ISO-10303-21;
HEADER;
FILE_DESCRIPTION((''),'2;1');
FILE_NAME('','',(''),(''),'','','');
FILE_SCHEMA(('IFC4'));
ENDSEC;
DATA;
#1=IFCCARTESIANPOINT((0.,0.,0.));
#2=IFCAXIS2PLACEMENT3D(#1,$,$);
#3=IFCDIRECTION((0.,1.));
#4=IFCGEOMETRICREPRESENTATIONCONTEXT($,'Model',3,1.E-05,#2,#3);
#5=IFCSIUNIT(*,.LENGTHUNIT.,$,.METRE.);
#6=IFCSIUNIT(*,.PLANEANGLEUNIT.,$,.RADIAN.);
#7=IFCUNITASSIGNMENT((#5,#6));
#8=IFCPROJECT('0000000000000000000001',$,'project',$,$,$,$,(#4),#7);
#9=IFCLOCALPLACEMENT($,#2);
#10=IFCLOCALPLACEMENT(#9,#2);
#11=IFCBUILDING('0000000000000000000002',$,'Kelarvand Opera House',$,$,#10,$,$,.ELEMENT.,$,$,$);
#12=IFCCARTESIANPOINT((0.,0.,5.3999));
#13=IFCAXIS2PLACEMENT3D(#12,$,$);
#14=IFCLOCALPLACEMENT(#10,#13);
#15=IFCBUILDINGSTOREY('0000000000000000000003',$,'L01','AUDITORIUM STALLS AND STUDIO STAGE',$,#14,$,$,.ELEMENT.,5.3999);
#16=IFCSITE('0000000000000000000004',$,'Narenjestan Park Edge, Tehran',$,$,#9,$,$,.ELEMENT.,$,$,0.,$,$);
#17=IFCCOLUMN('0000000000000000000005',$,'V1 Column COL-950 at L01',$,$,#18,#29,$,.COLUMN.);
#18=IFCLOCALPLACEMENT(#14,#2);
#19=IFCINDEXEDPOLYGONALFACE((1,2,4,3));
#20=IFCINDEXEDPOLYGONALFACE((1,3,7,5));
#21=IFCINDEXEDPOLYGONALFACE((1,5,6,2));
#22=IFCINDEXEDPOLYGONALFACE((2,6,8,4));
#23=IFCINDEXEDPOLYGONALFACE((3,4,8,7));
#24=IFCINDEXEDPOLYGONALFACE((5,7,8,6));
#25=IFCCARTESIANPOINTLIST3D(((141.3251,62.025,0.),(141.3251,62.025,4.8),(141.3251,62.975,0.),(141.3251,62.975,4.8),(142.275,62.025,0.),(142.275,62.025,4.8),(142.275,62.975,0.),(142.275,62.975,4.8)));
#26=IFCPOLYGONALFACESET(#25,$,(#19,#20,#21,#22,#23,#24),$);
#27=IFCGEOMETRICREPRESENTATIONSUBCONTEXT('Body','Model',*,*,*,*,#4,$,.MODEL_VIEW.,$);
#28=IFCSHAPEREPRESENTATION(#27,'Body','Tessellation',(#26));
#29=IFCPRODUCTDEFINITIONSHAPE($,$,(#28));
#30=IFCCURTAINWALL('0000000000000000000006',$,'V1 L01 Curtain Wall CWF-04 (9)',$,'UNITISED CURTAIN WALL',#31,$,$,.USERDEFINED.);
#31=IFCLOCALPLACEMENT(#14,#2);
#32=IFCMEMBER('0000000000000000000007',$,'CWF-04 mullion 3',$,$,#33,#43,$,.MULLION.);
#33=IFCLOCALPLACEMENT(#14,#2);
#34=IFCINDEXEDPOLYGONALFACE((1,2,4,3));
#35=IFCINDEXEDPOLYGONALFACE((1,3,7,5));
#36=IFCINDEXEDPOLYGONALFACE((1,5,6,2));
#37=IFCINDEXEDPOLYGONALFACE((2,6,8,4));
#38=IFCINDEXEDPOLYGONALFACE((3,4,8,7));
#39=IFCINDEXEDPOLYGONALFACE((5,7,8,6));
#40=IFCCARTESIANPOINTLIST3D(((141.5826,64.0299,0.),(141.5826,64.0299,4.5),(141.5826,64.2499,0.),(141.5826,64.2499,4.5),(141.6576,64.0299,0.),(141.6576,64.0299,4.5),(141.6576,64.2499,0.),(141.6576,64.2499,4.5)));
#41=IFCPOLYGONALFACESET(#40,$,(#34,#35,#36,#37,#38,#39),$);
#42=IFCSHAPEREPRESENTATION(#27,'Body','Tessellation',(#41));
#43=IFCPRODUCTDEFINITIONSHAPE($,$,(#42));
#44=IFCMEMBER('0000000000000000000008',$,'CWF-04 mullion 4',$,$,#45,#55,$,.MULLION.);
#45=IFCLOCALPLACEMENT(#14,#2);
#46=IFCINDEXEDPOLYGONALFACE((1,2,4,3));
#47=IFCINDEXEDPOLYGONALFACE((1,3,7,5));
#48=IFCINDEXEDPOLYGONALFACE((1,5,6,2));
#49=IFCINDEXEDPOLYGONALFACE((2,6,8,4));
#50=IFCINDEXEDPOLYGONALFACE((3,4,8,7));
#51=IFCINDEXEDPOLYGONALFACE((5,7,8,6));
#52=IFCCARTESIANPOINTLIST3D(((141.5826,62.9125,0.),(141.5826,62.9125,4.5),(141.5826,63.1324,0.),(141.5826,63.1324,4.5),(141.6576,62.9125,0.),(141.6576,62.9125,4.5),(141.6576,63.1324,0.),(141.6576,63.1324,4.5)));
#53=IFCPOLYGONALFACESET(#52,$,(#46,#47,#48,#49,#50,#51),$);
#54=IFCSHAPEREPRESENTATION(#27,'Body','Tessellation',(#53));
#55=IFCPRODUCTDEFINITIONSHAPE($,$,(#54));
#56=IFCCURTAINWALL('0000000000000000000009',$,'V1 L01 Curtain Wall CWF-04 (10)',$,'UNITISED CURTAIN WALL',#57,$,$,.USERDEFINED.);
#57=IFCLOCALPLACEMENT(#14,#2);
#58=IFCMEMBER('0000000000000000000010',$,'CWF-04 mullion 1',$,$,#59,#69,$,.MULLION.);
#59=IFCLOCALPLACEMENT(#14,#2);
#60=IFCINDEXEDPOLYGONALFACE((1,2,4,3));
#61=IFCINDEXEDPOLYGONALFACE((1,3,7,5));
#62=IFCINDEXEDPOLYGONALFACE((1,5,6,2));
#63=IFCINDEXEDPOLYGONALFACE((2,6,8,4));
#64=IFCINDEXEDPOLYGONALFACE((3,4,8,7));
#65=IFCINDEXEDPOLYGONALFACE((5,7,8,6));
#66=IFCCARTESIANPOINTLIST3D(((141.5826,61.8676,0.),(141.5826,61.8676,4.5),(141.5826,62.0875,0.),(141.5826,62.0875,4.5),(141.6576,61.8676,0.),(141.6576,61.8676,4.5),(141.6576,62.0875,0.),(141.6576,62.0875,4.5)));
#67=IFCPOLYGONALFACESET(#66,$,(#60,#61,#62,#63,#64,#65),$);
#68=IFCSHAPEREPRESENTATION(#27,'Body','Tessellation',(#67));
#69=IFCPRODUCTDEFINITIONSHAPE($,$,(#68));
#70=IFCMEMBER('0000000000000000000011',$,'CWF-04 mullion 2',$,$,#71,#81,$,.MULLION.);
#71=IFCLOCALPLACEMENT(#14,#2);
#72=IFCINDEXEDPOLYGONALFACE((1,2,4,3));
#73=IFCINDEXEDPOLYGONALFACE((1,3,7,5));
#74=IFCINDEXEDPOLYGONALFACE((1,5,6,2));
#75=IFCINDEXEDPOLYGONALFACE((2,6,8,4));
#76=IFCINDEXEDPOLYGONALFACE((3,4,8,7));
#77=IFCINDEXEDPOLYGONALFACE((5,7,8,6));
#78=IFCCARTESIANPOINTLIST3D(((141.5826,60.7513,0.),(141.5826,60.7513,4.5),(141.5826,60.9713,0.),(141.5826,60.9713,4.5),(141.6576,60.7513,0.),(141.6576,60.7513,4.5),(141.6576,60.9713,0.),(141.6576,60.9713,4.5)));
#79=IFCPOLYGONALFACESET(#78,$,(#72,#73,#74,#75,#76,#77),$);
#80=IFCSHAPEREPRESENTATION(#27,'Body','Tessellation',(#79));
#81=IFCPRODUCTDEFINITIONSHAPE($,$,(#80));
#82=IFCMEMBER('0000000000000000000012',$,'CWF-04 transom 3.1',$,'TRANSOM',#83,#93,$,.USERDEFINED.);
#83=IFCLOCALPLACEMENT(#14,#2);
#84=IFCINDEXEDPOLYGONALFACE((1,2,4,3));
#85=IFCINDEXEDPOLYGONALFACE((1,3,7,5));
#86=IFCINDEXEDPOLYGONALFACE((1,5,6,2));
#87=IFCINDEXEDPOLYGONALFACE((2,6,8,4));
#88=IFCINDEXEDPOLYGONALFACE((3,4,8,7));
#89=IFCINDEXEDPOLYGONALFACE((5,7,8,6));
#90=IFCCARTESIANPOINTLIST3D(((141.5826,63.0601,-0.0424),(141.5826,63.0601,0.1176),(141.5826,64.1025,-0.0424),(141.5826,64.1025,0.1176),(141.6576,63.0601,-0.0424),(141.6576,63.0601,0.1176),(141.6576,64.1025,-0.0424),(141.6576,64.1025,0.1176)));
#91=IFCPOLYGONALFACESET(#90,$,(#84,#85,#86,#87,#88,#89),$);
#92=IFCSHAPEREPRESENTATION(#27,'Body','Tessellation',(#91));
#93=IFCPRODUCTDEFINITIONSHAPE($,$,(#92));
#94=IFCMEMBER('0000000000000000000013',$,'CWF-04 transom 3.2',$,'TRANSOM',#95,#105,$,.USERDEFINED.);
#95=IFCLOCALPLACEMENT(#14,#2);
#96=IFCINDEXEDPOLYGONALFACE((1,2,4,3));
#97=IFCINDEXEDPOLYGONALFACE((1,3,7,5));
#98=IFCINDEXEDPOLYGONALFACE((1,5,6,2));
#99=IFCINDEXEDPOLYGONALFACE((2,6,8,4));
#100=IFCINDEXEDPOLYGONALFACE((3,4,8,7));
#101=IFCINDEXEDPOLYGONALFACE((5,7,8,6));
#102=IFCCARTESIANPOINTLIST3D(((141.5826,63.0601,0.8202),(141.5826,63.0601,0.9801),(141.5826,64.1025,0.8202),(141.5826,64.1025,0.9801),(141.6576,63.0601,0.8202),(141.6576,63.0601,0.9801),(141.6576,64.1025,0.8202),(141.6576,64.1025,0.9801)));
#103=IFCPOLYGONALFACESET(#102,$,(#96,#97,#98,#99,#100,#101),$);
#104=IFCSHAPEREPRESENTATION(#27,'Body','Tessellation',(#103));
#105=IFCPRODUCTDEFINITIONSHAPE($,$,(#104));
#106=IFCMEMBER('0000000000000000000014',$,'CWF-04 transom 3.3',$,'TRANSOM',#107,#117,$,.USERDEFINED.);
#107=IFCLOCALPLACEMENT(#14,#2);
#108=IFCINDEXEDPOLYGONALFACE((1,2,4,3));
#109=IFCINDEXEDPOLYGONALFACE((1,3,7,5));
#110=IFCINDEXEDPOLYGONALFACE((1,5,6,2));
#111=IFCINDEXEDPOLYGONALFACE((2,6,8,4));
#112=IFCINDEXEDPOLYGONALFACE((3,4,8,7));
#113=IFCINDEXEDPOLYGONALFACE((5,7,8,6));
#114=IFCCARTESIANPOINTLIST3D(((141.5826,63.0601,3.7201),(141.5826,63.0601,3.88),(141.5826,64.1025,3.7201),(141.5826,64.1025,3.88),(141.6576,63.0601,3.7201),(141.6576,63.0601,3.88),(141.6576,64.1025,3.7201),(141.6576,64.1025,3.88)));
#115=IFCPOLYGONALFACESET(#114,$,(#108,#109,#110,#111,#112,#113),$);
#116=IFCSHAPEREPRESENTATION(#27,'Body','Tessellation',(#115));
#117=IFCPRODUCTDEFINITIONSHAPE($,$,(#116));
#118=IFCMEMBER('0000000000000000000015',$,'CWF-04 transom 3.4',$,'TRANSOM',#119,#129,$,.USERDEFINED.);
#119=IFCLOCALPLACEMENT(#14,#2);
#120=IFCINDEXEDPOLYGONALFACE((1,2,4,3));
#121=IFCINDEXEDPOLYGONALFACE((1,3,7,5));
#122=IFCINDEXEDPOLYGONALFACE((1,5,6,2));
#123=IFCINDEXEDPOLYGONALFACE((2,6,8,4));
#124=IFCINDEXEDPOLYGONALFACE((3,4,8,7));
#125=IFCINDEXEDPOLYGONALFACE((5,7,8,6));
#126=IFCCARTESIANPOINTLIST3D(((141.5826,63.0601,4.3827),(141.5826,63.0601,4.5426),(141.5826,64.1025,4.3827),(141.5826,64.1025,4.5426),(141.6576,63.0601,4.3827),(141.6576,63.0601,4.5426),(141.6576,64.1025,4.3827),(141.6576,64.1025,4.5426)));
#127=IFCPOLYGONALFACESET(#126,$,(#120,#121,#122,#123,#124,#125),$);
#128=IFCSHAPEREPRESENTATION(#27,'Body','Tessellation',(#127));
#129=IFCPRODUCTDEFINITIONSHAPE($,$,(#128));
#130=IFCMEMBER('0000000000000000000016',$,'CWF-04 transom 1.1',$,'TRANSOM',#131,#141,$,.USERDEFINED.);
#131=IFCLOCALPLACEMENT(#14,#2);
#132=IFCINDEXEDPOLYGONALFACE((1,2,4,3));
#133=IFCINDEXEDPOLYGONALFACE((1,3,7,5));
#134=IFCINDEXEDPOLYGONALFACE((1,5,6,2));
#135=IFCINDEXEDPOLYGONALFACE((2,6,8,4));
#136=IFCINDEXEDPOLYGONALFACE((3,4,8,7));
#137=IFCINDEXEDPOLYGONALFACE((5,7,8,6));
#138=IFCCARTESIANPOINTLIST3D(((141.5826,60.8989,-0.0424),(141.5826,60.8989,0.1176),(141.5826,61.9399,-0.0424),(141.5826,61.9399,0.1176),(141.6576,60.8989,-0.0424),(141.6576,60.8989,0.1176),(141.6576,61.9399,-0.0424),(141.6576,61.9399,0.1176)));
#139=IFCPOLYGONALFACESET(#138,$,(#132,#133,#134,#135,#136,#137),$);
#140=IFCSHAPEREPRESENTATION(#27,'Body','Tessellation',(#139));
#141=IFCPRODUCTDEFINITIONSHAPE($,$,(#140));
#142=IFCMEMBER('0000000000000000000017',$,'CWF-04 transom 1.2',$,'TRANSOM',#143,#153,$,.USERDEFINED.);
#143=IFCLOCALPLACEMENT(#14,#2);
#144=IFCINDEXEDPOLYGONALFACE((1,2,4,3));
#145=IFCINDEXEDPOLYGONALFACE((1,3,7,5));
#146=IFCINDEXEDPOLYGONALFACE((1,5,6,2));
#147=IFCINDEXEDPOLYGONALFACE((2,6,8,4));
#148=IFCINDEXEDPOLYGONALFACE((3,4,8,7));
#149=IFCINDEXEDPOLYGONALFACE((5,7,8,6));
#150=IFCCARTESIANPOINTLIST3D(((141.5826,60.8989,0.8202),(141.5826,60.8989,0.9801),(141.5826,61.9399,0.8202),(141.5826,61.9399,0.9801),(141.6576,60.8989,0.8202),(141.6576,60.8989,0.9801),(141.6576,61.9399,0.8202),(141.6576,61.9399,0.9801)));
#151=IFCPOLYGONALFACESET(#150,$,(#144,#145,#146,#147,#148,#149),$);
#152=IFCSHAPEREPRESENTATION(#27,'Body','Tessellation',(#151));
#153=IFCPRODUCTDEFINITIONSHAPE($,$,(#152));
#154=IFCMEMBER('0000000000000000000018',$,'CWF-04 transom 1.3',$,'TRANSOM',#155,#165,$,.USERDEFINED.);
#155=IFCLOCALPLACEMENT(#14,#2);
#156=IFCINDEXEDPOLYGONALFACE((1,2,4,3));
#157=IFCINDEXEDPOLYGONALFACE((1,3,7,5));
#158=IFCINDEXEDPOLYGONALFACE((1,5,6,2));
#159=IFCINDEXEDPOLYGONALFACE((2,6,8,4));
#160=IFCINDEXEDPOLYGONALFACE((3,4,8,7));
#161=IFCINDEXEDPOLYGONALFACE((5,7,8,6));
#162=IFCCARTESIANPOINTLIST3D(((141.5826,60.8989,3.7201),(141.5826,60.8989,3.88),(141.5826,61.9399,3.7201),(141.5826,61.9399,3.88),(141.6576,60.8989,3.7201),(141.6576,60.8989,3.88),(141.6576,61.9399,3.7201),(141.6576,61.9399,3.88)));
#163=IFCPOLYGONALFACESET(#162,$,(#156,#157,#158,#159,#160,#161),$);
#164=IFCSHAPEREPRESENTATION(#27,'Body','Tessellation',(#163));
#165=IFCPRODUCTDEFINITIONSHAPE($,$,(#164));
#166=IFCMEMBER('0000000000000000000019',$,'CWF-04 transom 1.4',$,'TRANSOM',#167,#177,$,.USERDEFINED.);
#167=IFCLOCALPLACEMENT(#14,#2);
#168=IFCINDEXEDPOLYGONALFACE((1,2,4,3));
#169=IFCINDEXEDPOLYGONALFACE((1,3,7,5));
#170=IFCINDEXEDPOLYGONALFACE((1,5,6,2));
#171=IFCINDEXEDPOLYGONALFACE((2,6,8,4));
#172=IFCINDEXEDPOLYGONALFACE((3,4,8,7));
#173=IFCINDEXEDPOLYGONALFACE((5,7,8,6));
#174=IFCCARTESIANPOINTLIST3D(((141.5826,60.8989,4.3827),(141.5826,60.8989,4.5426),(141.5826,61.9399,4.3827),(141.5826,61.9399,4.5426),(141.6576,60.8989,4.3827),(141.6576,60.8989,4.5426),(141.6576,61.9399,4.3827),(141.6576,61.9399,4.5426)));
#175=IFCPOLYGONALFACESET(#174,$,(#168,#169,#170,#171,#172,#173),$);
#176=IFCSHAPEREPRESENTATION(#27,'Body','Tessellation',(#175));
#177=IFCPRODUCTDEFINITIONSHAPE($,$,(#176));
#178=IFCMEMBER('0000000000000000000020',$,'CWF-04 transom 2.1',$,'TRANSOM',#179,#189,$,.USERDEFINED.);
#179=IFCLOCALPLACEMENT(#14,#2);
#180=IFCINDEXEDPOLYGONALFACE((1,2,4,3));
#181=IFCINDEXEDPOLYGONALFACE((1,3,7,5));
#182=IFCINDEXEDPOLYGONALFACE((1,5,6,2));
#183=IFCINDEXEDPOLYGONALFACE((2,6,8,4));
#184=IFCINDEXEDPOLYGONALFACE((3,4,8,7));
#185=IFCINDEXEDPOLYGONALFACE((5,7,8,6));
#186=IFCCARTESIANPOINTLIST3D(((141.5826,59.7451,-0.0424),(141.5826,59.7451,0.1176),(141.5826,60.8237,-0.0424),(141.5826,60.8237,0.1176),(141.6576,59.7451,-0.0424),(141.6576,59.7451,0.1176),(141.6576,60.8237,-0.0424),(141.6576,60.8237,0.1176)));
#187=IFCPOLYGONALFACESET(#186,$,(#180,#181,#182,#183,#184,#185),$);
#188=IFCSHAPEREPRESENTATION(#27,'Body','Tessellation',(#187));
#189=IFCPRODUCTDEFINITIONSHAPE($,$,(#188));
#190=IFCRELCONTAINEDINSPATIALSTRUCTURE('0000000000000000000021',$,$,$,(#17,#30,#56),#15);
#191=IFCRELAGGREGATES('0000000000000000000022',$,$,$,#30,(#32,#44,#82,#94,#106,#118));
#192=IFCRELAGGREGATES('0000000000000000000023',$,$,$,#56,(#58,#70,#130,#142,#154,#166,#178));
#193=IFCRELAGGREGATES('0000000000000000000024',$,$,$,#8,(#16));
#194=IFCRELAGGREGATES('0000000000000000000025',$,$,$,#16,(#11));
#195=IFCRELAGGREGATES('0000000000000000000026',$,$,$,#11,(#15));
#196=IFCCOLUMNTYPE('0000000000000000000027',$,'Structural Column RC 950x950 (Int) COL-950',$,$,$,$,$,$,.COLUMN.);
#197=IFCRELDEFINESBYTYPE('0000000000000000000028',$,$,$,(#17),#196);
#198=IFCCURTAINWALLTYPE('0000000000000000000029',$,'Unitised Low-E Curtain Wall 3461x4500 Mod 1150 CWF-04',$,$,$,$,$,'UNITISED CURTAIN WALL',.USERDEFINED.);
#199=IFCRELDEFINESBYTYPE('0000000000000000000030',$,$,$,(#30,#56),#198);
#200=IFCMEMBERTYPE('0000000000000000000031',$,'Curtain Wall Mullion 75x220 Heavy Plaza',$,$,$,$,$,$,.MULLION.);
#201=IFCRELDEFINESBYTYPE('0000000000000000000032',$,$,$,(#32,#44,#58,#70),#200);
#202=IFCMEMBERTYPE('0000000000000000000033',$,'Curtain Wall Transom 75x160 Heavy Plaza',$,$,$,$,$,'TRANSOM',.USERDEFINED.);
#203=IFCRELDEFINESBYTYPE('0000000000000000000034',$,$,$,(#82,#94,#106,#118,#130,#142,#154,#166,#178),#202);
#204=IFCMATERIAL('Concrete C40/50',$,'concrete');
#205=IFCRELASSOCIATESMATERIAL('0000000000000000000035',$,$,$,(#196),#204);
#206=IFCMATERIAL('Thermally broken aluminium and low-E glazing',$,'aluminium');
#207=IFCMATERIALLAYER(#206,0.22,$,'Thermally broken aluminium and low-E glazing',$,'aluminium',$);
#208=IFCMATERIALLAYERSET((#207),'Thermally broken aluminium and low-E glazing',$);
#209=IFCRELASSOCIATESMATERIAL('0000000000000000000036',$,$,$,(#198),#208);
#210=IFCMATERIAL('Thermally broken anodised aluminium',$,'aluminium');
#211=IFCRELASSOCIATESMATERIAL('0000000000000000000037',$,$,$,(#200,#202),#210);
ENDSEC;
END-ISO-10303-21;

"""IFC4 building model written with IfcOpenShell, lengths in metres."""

from ifc_helpers import new_model, si_unit, direction, frame, origin, origin_2d, place, context, subcontext, project, spatial, rectangle, extrude, material, layer, layer_set, material_profile, profile_set, type_object, element, aggregate, save


model = new_model("IFC4")

# Units and contexts
model_context = context("Model", 3, precision=1e-05, world=origin(), true_north=direction((0.0, 1.0)))
body_context = subcontext(model_context, "Body", "Model", "MODEL_VIEW")
ifc_project = project(units=[si_unit("LENGTHUNIT", "METRE"), si_unit("PLANEANGLEUNIT", "RADIAN")], contexts=[model_context])

# Site, building, storey
site_placement = place(None, origin())
site = spatial("IfcSite", under=ifc_project, at=site_placement, Name="Narenjestan Park Edge, Tehran", CompositionType="ELEMENT", RefElevation=0.0)
building_placement = place(site_placement, origin())
building = spatial("IfcBuilding", under=site, at=building_placement, Name="Kelarvand Opera House", CompositionType="ELEMENT")
storey_placement = place(building_placement, frame((0.0, 0.0, 5.3999)))
storey = spatial("IfcBuildingStorey", under=building, at=storey_placement, Name="L01", Description="AUDITORIUM STALLS AND STUDIO STAGE", CompositionType="ELEMENT", Elevation=5.3999)

# Column
ifc_material_1 = material(Name="Concrete C40/50", Category="concrete")
ifc_material_profile_1 = material_profile(ifc_material_1, rectangle(XDim=0.95, YDim=0.95, at=origin_2d()), Name="RC 950x950", Category="concrete")
ifc_profile_set_1 = profile_set([ifc_material_profile_1], Name="Concrete C40/50")
column_type = type_object("IfcColumnType", Name="Structural Column RC 950x950 (Int) COL-950", PredefinedType="COLUMN", material=ifc_profile_set_1)
column_placement = place(storey_placement, frame((141.8, 62.5, 0.0), z_axis=(0.0, 0.0, 1.0), x_axis=(1.0, 0.0, 0.0)))
element("IfcColumn", 1, at=column_placement, inside=storey, type_object=column_type, Name="V1 Column COL-950 at L01", PredefinedType="COLUMN", context=body_context, shape_type="SweptSolid", body=[
    extrude(rectangle(XDim=0.95, YDim=0.95, at=origin_2d()), origin(), (0.0, 0.0, 1.0), 4.8),
])

# Curtain walls, members
ifc_material_2 = material(Name="Thermally broken aluminium and low-E glazing", Category="aluminium")
ifc_layer_1 = layer(ifc_material_2, 0.22, Name="Thermally broken aluminium and low-E glazing", Category="aluminium")
ifc_layer_set_1 = layer_set([ifc_layer_1], Name="Thermally broken aluminium and low-E glazing")
curtain_wall_type = type_object("IfcCurtainWallType", Name="Unitised Low-E Curtain Wall 3461x4500 Mod 1150 CWF-04", ElementType="UNITISED CURTAIN WALL", PredefinedType="USERDEFINED", material=ifc_layer_set_1)
curtain_wall_1_placement = place(storey_placement, origin())
curtain_wall_1 = element("IfcCurtainWall", 2, at=curtain_wall_1_placement, inside=storey, type_object=curtain_wall_type, Name="V1 L01 Curtain Wall CWF-04 (9)", ObjectType="UNITISED CURTAIN WALL", PredefinedType="USERDEFINED")
ifc_material_3 = material(Name="Thermally broken anodised aluminium", Category="aluminium")
ifc_material_profile_2 = material_profile(ifc_material_3, rectangle(XDim=0.075, YDim=0.22, at=origin_2d()), Name="ALU MULLION 75x220", Category="aluminium")
ifc_profile_set_2 = profile_set([ifc_material_profile_2], Name="Thermally broken anodised aluminium")
member_type_1 = type_object("IfcMemberType", Name="Curtain Wall Mullion 75x220 Heavy Plaza", PredefinedType="MULLION", material=ifc_profile_set_2)
member_1_placement = place(storey_placement, frame((141.6201, 64.1399, 0.0), z_axis=(0.0, 0.0, 1.0), x_axis=(1.0, 0.0, 0.0)))
member_1 = element("IfcMember", 3, at=member_1_placement, type_object=member_type_1, Name="CWF-04 mullion 3", PredefinedType="MULLION", context=body_context, shape_type="SweptSolid", body=[
    extrude(rectangle(XDim=0.075, YDim=0.22, at=origin_2d()), origin(), (0.0, 0.0, 1.0), 4.5),
])
member_2_placement = place(storey_placement, frame((141.6201, 63.0225, 0.0), z_axis=(0.0, 0.0, 1.0), x_axis=(1.0, 0.0, 0.0)))
member_2 = element("IfcMember", 4, at=member_2_placement, type_object=member_type_1, Name="CWF-04 mullion 4", PredefinedType="MULLION", context=body_context, shape_type="SweptSolid", body=[
    extrude(rectangle(XDim=0.075, YDim=0.22, at=origin_2d()), origin(), (0.0, 0.0, 1.0), 4.5),
])
curtain_wall_2_placement = place(storey_placement, origin())
curtain_wall_2 = element("IfcCurtainWall", 5, at=curtain_wall_2_placement, inside=storey, type_object=curtain_wall_type, Name="V1 L01 Curtain Wall CWF-04 (10)", ObjectType="UNITISED CURTAIN WALL", PredefinedType="USERDEFINED")
member_3_placement = place(storey_placement, frame((141.6201, 61.9775, 0.0), z_axis=(0.0, 0.0, 1.0), x_axis=(1.0, 0.0, 0.0)))
member_3 = element("IfcMember", 6, at=member_3_placement, type_object=member_type_1, Name="CWF-04 mullion 1", PredefinedType="MULLION", context=body_context, shape_type="SweptSolid", body=[
    extrude(rectangle(XDim=0.075, YDim=0.22, at=origin_2d()), origin(), (0.0, 0.0, 1.0), 4.5),
])
member_4_placement = place(storey_placement, frame((141.6201, 60.8613, 0.0), z_axis=(0.0, 0.0, 1.0), x_axis=(1.0, 0.0, 0.0)))
member_4 = element("IfcMember", 7, at=member_4_placement, type_object=member_type_1, Name="CWF-04 mullion 2", PredefinedType="MULLION", context=body_context, shape_type="SweptSolid", body=[
    extrude(rectangle(XDim=0.075, YDim=0.22, at=origin_2d()), origin(), (0.0, 0.0, 1.0), 4.5),
])

# Members
ifc_material_profile_3 = material_profile(ifc_material_3, rectangle(XDim=0.075, YDim=0.1599, at=origin_2d()), Name="ALU TRANSOM 75x160", Category="aluminium")
ifc_profile_set_3 = profile_set([ifc_material_profile_3], Name="Thermally broken anodised aluminium")
member_type_2 = type_object("IfcMemberType", Name="Curtain Wall Transom 75x160 Heavy Plaza", ElementType="TRANSOM", PredefinedType="USERDEFINED", material=ifc_profile_set_3)
member_5_placement = place(storey_placement, frame((141.6201, 64.1025, 0.0376), z_axis=(0.0, -1.0, 0.0), x_axis=(1.0, 0.0, 0.0)))
member_5 = element("IfcMember", 8, at=member_5_placement, type_object=member_type_2, Name="CWF-04 transom 3.1", ObjectType="TRANSOM", PredefinedType="USERDEFINED", context=body_context, shape_type="SweptSolid", body=[
    extrude(rectangle(XDim=0.075, YDim=0.1599, at=origin_2d()), origin(), (0.0, 0.0, 1.0), 1.0425),
])
member_6_placement = place(storey_placement, frame((141.6201, 64.1025, 0.9001), z_axis=(0.0, -1.0, 0.0), x_axis=(1.0, 0.0, 0.0)))
member_6 = element("IfcMember", 9, at=member_6_placement, type_object=member_type_2, Name="CWF-04 transom 3.2", ObjectType="TRANSOM", PredefinedType="USERDEFINED", context=body_context, shape_type="SweptSolid", body=[
    extrude(rectangle(XDim=0.075, YDim=0.1599, at=origin_2d()), origin(), (0.0, 0.0, 1.0), 1.0425),
])
member_7_placement = place(storey_placement, frame((141.6201, 64.1025, 3.8), z_axis=(0.0, -1.0, 0.0), x_axis=(1.0, 0.0, 0.0)))
member_7 = element("IfcMember", 10, at=member_7_placement, type_object=member_type_2, Name="CWF-04 transom 3.3", ObjectType="TRANSOM", PredefinedType="USERDEFINED", context=body_context, shape_type="SweptSolid", body=[
    extrude(rectangle(XDim=0.075, YDim=0.1599, at=origin_2d()), origin(), (0.0, 0.0, 1.0), 1.0425),
])
member_8_placement = place(storey_placement, frame((141.6201, 64.1025, 4.4626), z_axis=(0.0, -1.0, 0.0), x_axis=(1.0, 0.0, 0.0)))
member_8 = element("IfcMember", 11, at=member_8_placement, type_object=member_type_2, Name="CWF-04 transom 3.4", ObjectType="TRANSOM", PredefinedType="USERDEFINED", context=body_context, shape_type="SweptSolid", body=[
    extrude(rectangle(XDim=0.075, YDim=0.1599, at=origin_2d()), origin(), (0.0, 0.0, 1.0), 1.0425),
])
member_9_placement = place(storey_placement, frame((141.6201, 61.9399, 0.0376), z_axis=(0.0, -1.0, 0.0), x_axis=(1.0, 0.0, 0.0)))
member_9 = element("IfcMember", 12, at=member_9_placement, type_object=member_type_2, Name="CWF-04 transom 1.1", ObjectType="TRANSOM", PredefinedType="USERDEFINED", context=body_context, shape_type="SweptSolid", body=[
    extrude(rectangle(XDim=0.075, YDim=0.1599, at=origin_2d()), origin(), (0.0, 0.0, 1.0), 1.041),
])
member_10_placement = place(storey_placement, frame((141.6201, 61.9399, 0.9001), z_axis=(0.0, -1.0, 0.0), x_axis=(1.0, 0.0, 0.0)))
member_10 = element("IfcMember", 13, at=member_10_placement, type_object=member_type_2, Name="CWF-04 transom 1.2", ObjectType="TRANSOM", PredefinedType="USERDEFINED", context=body_context, shape_type="SweptSolid", body=[
    extrude(rectangle(XDim=0.075, YDim=0.1599, at=origin_2d()), origin(), (0.0, 0.0, 1.0), 1.041),
])
member_11_placement = place(storey_placement, frame((141.6201, 61.9399, 3.8), z_axis=(0.0, -1.0, 0.0), x_axis=(1.0, 0.0, 0.0)))
member_11 = element("IfcMember", 14, at=member_11_placement, type_object=member_type_2, Name="CWF-04 transom 1.3", ObjectType="TRANSOM", PredefinedType="USERDEFINED", context=body_context, shape_type="SweptSolid", body=[
    extrude(rectangle(XDim=0.075, YDim=0.1599, at=origin_2d()), origin(), (0.0, 0.0, 1.0), 1.041),
])
member_12_placement = place(storey_placement, frame((141.6201, 61.9399, 4.4626), z_axis=(0.0, -1.0, 0.0), x_axis=(1.0, 0.0, 0.0)))
member_12 = element("IfcMember", 15, at=member_12_placement, type_object=member_type_2, Name="CWF-04 transom 1.4", ObjectType="TRANSOM", PredefinedType="USERDEFINED", context=body_context, shape_type="SweptSolid", body=[
    extrude(rectangle(XDim=0.075, YDim=0.1599, at=origin_2d()), origin(), (0.0, 0.0, 1.0), 1.041),
])
member_13_placement = place(storey_placement, frame((141.6201, 60.8237, 0.0376), z_axis=(0.0, -1.0, 0.0), x_axis=(1.0, 0.0, 0.0)))
member_13 = element("IfcMember", 16, at=member_13_placement, type_object=member_type_2, Name="CWF-04 transom 2.1", ObjectType="TRANSOM", PredefinedType="USERDEFINED", context=body_context, shape_type="SweptSolid", body=[
    extrude(rectangle(XDim=0.075, YDim=0.1599, at=origin_2d()), origin(), (0.0, 0.0, 1.0), 1.0786),
])

aggregate(curtain_wall_1, [member_1, member_2, member_5, member_6, member_7, member_8])
aggregate(curtain_wall_2, [member_3, member_4, member_9, member_10, member_11, member_12, member_13])

save(model, "model.ifc")
